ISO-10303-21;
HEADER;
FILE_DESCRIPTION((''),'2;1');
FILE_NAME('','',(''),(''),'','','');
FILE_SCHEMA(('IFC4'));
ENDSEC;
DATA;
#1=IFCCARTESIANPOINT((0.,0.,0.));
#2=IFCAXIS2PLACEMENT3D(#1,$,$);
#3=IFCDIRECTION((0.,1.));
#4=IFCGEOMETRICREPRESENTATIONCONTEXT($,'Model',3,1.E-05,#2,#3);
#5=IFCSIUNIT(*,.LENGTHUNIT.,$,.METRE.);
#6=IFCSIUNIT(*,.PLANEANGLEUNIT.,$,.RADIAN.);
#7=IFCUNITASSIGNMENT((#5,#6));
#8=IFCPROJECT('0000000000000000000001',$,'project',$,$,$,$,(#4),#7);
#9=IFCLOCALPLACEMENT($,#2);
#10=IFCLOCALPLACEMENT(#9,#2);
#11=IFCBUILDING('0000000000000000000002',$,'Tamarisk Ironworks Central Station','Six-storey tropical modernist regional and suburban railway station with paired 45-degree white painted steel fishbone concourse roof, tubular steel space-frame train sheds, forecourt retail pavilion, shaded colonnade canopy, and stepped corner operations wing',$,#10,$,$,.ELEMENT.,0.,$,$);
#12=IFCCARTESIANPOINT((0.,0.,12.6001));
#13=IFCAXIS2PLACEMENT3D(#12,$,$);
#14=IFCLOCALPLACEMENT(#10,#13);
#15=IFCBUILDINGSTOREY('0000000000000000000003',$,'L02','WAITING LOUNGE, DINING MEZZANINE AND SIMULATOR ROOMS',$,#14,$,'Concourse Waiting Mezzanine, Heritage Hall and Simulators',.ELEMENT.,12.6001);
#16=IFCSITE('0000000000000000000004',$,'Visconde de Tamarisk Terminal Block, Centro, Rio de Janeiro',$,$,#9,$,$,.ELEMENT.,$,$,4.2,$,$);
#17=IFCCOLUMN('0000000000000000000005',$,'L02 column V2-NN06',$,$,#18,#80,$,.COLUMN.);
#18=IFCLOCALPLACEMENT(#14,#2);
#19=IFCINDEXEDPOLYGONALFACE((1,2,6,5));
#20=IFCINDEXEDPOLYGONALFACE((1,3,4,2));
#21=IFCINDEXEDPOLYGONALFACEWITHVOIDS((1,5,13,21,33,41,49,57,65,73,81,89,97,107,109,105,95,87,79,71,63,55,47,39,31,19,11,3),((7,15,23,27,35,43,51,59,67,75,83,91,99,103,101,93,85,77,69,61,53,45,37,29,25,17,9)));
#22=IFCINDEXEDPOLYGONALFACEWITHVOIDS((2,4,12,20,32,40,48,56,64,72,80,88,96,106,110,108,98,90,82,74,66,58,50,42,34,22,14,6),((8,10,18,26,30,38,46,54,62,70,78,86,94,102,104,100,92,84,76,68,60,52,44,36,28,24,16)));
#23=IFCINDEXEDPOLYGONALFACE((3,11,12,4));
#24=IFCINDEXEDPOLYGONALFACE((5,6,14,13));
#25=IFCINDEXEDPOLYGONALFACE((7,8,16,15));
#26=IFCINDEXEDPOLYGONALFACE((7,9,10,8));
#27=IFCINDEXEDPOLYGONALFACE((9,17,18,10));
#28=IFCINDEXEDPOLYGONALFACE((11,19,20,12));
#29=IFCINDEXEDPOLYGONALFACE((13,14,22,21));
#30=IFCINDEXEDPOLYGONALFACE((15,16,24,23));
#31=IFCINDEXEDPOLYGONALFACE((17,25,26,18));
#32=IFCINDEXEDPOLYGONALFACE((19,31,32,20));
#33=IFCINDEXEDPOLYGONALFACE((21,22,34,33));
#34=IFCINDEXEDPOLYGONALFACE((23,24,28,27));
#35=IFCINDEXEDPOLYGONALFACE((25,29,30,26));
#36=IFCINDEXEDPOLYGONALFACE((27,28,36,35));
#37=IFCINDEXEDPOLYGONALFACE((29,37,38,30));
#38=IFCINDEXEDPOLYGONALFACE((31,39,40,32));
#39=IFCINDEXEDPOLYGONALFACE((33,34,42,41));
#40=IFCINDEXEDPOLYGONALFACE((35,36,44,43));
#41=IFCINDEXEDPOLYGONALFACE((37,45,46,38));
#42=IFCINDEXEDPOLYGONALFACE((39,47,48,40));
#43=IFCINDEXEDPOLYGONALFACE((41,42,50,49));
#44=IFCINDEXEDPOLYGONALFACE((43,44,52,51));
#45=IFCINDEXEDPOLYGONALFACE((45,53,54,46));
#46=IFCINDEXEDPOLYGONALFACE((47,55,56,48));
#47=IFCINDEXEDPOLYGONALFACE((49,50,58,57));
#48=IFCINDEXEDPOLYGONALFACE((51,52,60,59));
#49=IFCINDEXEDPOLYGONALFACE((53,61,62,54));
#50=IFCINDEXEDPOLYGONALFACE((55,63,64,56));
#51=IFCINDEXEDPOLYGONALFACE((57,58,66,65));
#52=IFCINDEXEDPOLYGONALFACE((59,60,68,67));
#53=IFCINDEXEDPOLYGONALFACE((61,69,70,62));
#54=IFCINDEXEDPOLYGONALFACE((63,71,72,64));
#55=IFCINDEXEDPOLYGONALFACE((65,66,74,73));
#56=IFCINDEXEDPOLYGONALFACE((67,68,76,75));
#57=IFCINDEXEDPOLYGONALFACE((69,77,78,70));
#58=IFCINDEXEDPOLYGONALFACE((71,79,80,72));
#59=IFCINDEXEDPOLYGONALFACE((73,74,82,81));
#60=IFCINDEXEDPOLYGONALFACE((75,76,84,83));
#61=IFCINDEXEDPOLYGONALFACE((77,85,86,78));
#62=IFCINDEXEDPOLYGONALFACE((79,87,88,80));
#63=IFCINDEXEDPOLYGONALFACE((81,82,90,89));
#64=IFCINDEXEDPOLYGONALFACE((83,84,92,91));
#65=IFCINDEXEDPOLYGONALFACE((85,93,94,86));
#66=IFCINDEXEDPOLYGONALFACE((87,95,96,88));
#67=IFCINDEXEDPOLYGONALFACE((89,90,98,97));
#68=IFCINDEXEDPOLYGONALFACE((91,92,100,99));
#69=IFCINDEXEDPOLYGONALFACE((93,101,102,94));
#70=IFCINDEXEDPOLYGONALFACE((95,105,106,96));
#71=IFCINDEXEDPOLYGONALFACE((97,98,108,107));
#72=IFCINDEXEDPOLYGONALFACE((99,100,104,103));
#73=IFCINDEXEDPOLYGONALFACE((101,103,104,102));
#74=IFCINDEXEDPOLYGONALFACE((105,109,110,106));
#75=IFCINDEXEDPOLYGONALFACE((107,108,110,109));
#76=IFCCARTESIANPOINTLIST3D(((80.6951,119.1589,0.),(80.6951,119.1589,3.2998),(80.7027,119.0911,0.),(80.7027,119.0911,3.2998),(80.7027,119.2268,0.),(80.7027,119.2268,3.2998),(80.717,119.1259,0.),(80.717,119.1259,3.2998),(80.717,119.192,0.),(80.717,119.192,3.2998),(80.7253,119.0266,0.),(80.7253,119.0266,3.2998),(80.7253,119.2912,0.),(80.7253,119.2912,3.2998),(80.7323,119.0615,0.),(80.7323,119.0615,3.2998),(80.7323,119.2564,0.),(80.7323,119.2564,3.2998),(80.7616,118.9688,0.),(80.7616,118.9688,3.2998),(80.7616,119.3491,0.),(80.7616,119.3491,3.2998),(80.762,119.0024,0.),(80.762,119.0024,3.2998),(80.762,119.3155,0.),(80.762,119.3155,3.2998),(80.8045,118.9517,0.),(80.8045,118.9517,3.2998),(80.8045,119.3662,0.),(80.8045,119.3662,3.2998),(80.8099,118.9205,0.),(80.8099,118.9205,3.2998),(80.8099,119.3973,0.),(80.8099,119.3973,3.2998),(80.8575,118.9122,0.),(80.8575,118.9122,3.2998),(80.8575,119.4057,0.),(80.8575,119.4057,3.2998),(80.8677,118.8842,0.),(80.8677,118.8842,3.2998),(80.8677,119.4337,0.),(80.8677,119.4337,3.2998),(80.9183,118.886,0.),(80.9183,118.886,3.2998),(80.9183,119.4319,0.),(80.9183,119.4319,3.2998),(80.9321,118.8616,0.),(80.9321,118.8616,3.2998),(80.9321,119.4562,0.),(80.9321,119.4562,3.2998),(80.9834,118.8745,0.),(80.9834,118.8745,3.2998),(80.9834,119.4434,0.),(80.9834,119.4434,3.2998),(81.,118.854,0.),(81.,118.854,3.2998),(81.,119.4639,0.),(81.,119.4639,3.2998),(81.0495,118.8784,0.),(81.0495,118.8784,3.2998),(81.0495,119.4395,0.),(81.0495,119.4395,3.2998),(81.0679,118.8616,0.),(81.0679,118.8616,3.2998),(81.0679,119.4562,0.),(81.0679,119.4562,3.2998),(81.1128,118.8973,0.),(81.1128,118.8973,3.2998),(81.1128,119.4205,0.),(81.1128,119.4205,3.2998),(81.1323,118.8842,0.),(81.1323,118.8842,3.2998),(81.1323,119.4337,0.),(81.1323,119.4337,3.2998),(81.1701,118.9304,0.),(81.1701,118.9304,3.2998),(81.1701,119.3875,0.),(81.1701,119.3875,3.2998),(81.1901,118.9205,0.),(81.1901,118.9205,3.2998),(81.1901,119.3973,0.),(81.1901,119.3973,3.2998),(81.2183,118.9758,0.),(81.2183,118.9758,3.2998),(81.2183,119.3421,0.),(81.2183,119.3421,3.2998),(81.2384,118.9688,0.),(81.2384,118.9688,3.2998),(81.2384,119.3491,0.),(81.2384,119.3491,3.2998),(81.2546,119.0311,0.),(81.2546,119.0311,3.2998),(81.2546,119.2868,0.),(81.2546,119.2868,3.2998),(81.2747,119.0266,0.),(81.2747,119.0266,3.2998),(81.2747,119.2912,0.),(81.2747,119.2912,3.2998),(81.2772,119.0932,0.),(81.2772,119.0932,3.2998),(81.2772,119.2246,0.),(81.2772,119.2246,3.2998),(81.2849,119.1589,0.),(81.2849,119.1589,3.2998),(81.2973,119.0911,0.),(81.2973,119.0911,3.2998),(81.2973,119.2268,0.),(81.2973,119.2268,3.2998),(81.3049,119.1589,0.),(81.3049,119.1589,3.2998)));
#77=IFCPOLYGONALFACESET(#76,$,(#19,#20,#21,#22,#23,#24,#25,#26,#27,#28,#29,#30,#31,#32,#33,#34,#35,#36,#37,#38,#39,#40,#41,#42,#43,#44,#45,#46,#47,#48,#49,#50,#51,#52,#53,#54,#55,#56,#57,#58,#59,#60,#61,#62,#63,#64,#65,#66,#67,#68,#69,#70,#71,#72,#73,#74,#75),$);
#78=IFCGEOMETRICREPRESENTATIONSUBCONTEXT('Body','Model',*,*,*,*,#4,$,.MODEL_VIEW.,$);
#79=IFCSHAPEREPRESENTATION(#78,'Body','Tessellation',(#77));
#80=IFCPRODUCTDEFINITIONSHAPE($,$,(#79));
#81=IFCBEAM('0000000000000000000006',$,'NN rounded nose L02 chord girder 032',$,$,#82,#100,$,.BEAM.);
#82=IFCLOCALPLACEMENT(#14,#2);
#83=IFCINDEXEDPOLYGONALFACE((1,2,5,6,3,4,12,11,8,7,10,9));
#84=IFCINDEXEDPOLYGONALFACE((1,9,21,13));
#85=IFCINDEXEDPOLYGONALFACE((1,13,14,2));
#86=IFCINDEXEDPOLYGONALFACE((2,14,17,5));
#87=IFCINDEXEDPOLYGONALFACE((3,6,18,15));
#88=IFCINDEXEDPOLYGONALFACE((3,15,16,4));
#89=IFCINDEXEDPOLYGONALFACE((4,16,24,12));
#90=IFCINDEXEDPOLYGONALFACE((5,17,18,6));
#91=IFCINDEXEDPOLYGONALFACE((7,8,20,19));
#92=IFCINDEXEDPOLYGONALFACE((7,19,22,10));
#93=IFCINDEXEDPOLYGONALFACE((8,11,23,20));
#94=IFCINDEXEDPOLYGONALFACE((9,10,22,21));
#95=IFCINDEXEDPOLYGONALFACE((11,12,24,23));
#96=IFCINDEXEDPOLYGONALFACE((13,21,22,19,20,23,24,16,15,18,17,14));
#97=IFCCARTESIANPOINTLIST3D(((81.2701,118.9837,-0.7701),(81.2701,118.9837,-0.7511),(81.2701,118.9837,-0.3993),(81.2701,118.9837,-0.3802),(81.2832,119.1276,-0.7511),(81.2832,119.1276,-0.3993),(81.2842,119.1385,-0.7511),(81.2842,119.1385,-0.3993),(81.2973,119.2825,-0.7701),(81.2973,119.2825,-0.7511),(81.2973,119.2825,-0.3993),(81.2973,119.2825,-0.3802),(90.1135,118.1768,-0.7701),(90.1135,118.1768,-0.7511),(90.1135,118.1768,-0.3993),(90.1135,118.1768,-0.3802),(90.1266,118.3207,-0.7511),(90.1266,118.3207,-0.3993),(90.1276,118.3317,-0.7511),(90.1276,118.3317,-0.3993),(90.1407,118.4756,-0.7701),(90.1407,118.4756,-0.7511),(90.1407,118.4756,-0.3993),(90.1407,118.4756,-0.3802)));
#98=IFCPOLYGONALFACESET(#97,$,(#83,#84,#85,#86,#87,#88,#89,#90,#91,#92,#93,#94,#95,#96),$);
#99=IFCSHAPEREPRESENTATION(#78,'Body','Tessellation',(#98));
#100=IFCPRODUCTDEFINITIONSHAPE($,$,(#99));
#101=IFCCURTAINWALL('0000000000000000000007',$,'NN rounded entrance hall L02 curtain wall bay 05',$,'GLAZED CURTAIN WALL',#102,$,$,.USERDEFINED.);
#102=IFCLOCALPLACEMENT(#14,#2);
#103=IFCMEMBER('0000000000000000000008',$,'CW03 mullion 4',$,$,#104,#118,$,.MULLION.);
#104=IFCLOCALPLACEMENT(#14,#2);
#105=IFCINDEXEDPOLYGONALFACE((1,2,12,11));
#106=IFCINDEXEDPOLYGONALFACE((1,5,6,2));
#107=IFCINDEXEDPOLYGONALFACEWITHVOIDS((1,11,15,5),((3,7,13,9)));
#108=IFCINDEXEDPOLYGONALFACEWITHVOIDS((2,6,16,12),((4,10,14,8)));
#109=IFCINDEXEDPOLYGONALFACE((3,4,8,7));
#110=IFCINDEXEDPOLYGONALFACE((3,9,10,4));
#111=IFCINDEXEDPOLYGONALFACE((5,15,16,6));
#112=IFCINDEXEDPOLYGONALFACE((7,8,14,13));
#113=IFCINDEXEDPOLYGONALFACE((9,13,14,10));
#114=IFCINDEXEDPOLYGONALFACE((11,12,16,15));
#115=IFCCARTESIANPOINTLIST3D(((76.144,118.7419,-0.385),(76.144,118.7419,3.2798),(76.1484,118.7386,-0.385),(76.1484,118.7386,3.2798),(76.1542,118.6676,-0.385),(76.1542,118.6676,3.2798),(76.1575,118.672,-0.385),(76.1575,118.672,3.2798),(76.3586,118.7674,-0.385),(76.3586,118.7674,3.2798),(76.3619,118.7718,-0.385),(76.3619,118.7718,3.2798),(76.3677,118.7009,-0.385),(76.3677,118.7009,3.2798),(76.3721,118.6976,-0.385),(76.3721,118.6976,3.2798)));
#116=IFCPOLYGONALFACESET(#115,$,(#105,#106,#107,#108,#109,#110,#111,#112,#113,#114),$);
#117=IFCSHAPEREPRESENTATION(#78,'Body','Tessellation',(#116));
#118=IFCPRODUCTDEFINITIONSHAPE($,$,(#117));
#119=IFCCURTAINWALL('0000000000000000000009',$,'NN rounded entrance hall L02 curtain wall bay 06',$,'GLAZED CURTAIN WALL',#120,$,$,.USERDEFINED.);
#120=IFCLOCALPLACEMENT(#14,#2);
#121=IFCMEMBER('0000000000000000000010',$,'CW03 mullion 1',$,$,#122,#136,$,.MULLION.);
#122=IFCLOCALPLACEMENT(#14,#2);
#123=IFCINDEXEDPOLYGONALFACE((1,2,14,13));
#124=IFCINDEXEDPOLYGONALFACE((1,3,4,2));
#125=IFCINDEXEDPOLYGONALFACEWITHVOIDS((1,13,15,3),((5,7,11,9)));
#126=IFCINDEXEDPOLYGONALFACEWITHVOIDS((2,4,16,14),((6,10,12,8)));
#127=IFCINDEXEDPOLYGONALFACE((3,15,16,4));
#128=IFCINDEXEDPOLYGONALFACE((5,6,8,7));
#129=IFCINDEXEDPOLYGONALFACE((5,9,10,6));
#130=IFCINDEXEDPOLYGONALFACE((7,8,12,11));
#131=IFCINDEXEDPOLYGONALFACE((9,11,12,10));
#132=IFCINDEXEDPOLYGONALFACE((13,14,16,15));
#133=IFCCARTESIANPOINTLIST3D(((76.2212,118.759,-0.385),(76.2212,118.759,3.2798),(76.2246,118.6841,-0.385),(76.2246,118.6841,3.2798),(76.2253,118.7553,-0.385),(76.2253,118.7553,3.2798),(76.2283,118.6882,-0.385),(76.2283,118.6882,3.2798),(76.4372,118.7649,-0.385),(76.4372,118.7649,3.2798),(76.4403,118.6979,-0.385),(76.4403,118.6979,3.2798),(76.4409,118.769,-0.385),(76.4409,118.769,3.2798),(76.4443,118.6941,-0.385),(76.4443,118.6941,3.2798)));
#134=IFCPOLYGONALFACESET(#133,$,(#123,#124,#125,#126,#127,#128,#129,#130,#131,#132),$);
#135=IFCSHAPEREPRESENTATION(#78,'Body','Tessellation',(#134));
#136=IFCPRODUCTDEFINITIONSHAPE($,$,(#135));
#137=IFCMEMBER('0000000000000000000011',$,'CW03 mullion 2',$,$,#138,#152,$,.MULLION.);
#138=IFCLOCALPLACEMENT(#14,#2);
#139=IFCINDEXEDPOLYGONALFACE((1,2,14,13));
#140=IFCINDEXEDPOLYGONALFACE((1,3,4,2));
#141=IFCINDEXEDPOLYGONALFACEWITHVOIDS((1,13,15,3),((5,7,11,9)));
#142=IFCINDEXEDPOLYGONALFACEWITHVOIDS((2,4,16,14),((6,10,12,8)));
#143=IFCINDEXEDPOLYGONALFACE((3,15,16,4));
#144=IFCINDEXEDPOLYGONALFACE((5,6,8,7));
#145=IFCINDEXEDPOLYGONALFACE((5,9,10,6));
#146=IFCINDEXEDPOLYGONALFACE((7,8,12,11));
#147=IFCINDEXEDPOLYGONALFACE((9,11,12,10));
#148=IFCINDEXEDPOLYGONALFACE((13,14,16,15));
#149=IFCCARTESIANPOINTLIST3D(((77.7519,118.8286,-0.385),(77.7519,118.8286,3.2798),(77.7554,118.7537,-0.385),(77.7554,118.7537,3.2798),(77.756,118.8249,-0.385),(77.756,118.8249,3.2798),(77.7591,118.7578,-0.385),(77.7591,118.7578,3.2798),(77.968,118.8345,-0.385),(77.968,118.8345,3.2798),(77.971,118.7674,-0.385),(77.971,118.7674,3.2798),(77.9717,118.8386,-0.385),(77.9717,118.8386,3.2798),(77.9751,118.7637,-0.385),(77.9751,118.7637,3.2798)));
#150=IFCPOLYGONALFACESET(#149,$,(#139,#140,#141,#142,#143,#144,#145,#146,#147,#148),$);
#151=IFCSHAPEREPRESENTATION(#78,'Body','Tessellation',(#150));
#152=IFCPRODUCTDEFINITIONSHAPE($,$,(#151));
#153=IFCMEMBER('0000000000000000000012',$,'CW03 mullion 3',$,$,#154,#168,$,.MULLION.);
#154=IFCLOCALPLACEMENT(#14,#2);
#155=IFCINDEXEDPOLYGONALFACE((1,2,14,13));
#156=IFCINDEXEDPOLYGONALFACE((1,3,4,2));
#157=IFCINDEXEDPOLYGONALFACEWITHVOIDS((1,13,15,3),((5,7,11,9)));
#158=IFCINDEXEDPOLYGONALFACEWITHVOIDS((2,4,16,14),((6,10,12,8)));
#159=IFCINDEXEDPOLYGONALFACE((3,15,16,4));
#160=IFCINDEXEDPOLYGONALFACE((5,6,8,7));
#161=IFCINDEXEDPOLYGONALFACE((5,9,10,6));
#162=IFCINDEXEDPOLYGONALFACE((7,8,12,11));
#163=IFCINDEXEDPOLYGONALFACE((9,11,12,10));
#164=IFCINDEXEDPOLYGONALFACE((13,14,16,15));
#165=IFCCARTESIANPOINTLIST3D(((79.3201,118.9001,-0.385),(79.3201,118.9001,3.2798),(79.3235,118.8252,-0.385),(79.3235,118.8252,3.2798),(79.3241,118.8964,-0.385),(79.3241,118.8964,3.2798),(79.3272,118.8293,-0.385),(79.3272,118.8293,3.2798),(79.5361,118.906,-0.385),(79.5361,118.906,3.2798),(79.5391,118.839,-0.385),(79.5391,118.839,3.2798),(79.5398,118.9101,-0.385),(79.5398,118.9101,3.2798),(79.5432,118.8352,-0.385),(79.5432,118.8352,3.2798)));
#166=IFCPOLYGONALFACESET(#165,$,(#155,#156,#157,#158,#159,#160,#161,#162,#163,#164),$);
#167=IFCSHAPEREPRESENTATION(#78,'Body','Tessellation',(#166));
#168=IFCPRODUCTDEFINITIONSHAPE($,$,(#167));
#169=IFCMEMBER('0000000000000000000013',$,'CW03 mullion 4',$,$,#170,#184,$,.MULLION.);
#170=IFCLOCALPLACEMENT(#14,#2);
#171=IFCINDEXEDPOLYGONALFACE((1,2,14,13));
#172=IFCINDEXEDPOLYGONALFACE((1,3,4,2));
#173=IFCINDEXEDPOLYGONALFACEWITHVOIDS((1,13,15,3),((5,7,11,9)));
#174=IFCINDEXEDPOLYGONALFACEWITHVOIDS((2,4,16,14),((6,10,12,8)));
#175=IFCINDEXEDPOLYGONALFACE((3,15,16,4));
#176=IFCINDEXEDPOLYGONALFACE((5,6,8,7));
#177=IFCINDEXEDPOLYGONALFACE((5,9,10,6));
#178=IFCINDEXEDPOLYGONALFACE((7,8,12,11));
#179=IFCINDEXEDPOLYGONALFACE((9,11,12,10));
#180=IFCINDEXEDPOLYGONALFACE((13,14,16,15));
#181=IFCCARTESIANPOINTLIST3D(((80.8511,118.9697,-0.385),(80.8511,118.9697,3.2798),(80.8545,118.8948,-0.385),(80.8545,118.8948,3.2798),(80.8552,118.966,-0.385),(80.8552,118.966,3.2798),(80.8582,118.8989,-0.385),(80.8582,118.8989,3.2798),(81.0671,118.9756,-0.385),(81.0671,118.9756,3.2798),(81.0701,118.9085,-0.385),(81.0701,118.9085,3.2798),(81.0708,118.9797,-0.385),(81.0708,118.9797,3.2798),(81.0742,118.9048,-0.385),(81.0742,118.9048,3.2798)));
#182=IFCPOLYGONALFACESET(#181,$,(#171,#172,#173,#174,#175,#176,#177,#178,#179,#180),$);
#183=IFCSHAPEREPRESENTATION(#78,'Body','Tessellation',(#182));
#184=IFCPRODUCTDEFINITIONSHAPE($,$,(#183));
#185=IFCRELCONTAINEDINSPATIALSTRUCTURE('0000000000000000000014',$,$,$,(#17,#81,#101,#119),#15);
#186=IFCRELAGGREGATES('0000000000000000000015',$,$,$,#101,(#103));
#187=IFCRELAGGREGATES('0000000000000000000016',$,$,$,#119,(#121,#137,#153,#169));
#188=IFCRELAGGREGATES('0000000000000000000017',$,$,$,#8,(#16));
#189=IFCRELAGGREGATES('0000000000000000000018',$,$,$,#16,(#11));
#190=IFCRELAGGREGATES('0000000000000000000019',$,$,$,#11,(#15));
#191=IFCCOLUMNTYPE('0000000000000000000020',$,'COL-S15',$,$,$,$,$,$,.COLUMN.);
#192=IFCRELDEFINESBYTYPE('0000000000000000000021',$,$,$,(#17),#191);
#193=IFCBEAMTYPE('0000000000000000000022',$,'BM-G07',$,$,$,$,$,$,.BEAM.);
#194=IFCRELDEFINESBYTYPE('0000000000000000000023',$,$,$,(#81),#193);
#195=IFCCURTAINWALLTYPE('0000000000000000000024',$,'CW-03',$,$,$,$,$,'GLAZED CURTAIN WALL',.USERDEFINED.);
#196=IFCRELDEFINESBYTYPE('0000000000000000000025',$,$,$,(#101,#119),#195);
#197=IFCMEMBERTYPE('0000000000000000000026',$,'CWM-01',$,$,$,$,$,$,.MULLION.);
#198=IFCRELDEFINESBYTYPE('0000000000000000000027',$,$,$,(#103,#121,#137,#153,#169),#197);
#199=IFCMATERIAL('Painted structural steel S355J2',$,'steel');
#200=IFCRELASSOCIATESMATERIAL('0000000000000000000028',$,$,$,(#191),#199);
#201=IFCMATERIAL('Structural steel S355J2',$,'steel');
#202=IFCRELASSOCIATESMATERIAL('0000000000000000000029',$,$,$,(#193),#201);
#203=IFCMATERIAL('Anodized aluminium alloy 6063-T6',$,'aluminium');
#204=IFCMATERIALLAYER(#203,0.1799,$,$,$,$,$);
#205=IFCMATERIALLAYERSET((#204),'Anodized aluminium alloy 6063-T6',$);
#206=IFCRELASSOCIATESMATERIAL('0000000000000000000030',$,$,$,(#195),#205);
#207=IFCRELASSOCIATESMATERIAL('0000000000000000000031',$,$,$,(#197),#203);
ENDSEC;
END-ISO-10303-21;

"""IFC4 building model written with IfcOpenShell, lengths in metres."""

from ifc_helpers import new_model, si_unit, direction, frame, origin, origin_2d, place, context, subcontext, project, spatial, hollow_rectangle, hollow_circle, i_section, extrude, material, layer, layer_set, material_profile, profile_set, type_object, element, aggregate, save


model = new_model("IFC4")

# Units and contexts
model_context = context("Model", 3, precision=1e-05, world=origin(), true_north=direction((0.0, 1.0)))
body_context = subcontext(model_context, "Body", "Model", "MODEL_VIEW")
ifc_project = project(units=[si_unit("LENGTHUNIT", "METRE"), si_unit("PLANEANGLEUNIT", "RADIAN")], contexts=[model_context])

# Site, building, storey
site_placement = place(None, origin())
site = spatial("IfcSite", under=ifc_project, at=site_placement, Name="Visconde de Tamarisk Terminal Block, Centro, Rio de Janeiro", CompositionType="ELEMENT", RefElevation=4.2)
building_placement = place(site_placement, origin())
building = spatial("IfcBuilding", under=site, at=building_placement, Name="Tamarisk Ironworks Central Station", Description="Six-storey tropical modernist regional and suburban railway station with paired 45-degree white painted steel fishbone concourse roof, tubular steel space-frame train sheds, forecourt retail pavilion, shaded colonnade canopy, and stepped corner operations wing", CompositionType="ELEMENT", ElevationOfRefHeight=0.0)
storey_placement = place(building_placement, frame((0.0, 0.0, 12.6001)))
storey = spatial("IfcBuildingStorey", under=building, at=storey_placement, Name="L02", Description="WAITING LOUNGE, DINING MEZZANINE AND SIMULATOR ROOMS", LongName="Concourse Waiting Mezzanine, Heritage Hall and Simulators", CompositionType="ELEMENT", Elevation=12.6001)

# Column
ifc_material_1 = material(Name="Painted structural steel S355J2", Category="steel")
ifc_material_profile_1 = material_profile(ifc_material_1, hollow_circle(Radius=0.3049, WallThickness=0.02, at=origin_2d()), Name="CHS 610x20")
ifc_profile_set_1 = profile_set([ifc_material_profile_1], Name="Painted structural steel S355J2")
column_type = type_object("IfcColumnType", Name="COL-S15", PredefinedType="COLUMN", material=ifc_profile_set_1)
column_placement = place(storey_placement, frame((81.0, 119.1589, 0.0), z_axis=(0.0, 0.0, 1.0), x_axis=(1.0, 0.0, 0.0)))
element("IfcColumn", 1, at=column_placement, inside=storey, type_object=column_type, Name="L02 column V2-NN06", PredefinedType="COLUMN", context=body_context, shape_type="SweptSolid", body=[
    extrude(hollow_circle(Radius=0.3049, WallThickness=0.02, at=origin_2d()), origin(), (0.0, 0.0, 1.0), 3.2998),
])

# Beam
ifc_material_2 = material(Name="Structural steel S355J2", Category="steel")
ifc_material_profile_2 = material_profile(ifc_material_2, i_section(OverallWidth=0.3, OverallDepth=0.3899, WebThickness=0.011, FlangeThickness=0.019, at=origin_2d()), Name="HEA 400")
ifc_profile_set_2 = profile_set([ifc_material_profile_2], Name="Structural steel S355J2")
beam_type = type_object("IfcBeamType", Name="BM-G07", PredefinedType="BEAM", material=ifc_profile_set_2)
beam_placement = place(storey_placement, frame((81.2837, 119.1331, -0.5752), z_axis=(0.995863, -0.090863, 0.0), x_axis=(0.090863, 0.995863, 0.0)))
element("IfcBeam", 2, at=beam_placement, inside=storey, type_object=beam_type, Name="NN rounded nose L02 chord girder 032", PredefinedType="BEAM", context=body_context, shape_type="SweptSolid", body=[
    extrude(i_section(OverallWidth=0.3, OverallDepth=0.3899, WebThickness=0.011, FlangeThickness=0.019, at=origin_2d()), origin(), (0.0, 0.0, 1.0), 8.8801),
])

# Curtain wall, member
ifc_material_3 = material(Name="Anodized aluminium alloy 6063-T6", Category="aluminium")
ifc_layer_1 = layer(ifc_material_3, 0.1799)
ifc_layer_set_1 = layer_set([ifc_layer_1], Name="Anodized aluminium alloy 6063-T6")
curtain_wall_type = type_object("IfcCurtainWallType", Name="CW-03", ElementType="GLAZED CURTAIN WALL", PredefinedType="USERDEFINED", material=ifc_layer_set_1)
curtain_wall_1_placement = place(storey_placement, origin())
curtain_wall_1 = element("IfcCurtainWall", 3, at=curtain_wall_1_placement, inside=storey, type_object=curtain_wall_type, Name="NN rounded entrance hall L02 curtain wall bay 05", ObjectType="GLAZED CURTAIN WALL", PredefinedType="USERDEFINED")
ifc_material_profile_3 = material_profile(ifc_material_3, hollow_rectangle(XDim=0.075, YDim=0.22, WallThickness=0.0039, at=origin_2d()), Name="ALUM 220x75")
ifc_profile_set_3 = profile_set([ifc_material_profile_3], Name="Anodized aluminium alloy 6063-T6")
member_type_1 = type_object("IfcMemberType", Name="CWM-01", PredefinedType="MULLION", material=ifc_profile_set_3)
member_1_placement = place(storey_placement, frame((76.2581, 118.7197, -0.385), z_axis=(0.0, 0.0, 1.0), x_axis=(-0.136042, 0.990703, 0.0)))
member_1 = element("IfcMember", 4, at=member_1_placement, type_object=member_type_1, Name="CW03 mullion 4", PredefinedType="MULLION", context=body_context, shape_type="SweptSolid", body=[
    extrude(hollow_rectangle(XDim=0.075, YDim=0.22, WallThickness=0.0039, at=origin_2d()), origin(), (0.0, 0.0, 1.0), 3.6648),
])
aggregate(curtain_wall_1, [member_1])

# Curtain wall, members
curtain_wall_2_placement = place(storey_placement, origin())
curtain_wall_2 = element("IfcCurtainWall", 5, at=curtain_wall_2_placement, inside=storey, type_object=curtain_wall_type, Name="NN rounded entrance hall L02 curtain wall bay 06", ObjectType="GLAZED CURTAIN WALL", PredefinedType="USERDEFINED")
member_2_placement = place(storey_placement, frame((76.3328, 118.7266, -0.385), z_axis=(0.0, 0.0, 1.0), x_axis=(-0.045481, 0.998965, 0.0)))
member_2 = element("IfcMember", 6, at=member_2_placement, type_object=member_type_1, Name="CW03 mullion 1", PredefinedType="MULLION", context=body_context, shape_type="SweptSolid", body=[
    extrude(hollow_rectangle(XDim=0.075, YDim=0.22, WallThickness=0.0039, at=origin_2d()), origin(), (0.0, 0.0, 1.0), 3.6648),
])
member_3_placement = place(storey_placement, frame((77.8635, 118.7961, -0.385), z_axis=(0.0, 0.0, 1.0), x_axis=(-0.045481, 0.998965, 0.0)))
member_3 = element("IfcMember", 7, at=member_3_placement, type_object=member_type_1, Name="CW03 mullion 2", PredefinedType="MULLION", context=body_context, shape_type="SweptSolid", body=[
    extrude(hollow_rectangle(XDim=0.075, YDim=0.22, WallThickness=0.0039, at=origin_2d()), origin(), (0.0, 0.0, 1.0), 3.6648),
])
member_4_placement = place(storey_placement, frame((79.4316, 118.8677, -0.385), z_axis=(0.0, 0.0, 1.0), x_axis=(-0.045481, 0.998965, 0.0)))
member_4 = element("IfcMember", 8, at=member_4_placement, type_object=member_type_1, Name="CW03 mullion 3", PredefinedType="MULLION", context=body_context, shape_type="SweptSolid", body=[
    extrude(hollow_rectangle(XDim=0.075, YDim=0.22, WallThickness=0.0039, at=origin_2d()), origin(), (0.0, 0.0, 1.0), 3.6648),
])
member_5_placement = place(storey_placement, frame((80.9626, 118.9373, -0.385), z_axis=(0.0, 0.0, 1.0), x_axis=(-0.045481, 0.998965, 0.0)))
member_5 = element("IfcMember", 9, at=member_5_placement, type_object=member_type_1, Name="CW03 mullion 4", PredefinedType="MULLION", context=body_context, shape_type="SweptSolid", body=[
    extrude(hollow_rectangle(XDim=0.075, YDim=0.22, WallThickness=0.0039, at=origin_2d()), origin(), (0.0, 0.0, 1.0), 3.6648),
])

aggregate(curtain_wall_2, [member_2, member_3, member_4, member_5])

save(model, "model.ifc")
